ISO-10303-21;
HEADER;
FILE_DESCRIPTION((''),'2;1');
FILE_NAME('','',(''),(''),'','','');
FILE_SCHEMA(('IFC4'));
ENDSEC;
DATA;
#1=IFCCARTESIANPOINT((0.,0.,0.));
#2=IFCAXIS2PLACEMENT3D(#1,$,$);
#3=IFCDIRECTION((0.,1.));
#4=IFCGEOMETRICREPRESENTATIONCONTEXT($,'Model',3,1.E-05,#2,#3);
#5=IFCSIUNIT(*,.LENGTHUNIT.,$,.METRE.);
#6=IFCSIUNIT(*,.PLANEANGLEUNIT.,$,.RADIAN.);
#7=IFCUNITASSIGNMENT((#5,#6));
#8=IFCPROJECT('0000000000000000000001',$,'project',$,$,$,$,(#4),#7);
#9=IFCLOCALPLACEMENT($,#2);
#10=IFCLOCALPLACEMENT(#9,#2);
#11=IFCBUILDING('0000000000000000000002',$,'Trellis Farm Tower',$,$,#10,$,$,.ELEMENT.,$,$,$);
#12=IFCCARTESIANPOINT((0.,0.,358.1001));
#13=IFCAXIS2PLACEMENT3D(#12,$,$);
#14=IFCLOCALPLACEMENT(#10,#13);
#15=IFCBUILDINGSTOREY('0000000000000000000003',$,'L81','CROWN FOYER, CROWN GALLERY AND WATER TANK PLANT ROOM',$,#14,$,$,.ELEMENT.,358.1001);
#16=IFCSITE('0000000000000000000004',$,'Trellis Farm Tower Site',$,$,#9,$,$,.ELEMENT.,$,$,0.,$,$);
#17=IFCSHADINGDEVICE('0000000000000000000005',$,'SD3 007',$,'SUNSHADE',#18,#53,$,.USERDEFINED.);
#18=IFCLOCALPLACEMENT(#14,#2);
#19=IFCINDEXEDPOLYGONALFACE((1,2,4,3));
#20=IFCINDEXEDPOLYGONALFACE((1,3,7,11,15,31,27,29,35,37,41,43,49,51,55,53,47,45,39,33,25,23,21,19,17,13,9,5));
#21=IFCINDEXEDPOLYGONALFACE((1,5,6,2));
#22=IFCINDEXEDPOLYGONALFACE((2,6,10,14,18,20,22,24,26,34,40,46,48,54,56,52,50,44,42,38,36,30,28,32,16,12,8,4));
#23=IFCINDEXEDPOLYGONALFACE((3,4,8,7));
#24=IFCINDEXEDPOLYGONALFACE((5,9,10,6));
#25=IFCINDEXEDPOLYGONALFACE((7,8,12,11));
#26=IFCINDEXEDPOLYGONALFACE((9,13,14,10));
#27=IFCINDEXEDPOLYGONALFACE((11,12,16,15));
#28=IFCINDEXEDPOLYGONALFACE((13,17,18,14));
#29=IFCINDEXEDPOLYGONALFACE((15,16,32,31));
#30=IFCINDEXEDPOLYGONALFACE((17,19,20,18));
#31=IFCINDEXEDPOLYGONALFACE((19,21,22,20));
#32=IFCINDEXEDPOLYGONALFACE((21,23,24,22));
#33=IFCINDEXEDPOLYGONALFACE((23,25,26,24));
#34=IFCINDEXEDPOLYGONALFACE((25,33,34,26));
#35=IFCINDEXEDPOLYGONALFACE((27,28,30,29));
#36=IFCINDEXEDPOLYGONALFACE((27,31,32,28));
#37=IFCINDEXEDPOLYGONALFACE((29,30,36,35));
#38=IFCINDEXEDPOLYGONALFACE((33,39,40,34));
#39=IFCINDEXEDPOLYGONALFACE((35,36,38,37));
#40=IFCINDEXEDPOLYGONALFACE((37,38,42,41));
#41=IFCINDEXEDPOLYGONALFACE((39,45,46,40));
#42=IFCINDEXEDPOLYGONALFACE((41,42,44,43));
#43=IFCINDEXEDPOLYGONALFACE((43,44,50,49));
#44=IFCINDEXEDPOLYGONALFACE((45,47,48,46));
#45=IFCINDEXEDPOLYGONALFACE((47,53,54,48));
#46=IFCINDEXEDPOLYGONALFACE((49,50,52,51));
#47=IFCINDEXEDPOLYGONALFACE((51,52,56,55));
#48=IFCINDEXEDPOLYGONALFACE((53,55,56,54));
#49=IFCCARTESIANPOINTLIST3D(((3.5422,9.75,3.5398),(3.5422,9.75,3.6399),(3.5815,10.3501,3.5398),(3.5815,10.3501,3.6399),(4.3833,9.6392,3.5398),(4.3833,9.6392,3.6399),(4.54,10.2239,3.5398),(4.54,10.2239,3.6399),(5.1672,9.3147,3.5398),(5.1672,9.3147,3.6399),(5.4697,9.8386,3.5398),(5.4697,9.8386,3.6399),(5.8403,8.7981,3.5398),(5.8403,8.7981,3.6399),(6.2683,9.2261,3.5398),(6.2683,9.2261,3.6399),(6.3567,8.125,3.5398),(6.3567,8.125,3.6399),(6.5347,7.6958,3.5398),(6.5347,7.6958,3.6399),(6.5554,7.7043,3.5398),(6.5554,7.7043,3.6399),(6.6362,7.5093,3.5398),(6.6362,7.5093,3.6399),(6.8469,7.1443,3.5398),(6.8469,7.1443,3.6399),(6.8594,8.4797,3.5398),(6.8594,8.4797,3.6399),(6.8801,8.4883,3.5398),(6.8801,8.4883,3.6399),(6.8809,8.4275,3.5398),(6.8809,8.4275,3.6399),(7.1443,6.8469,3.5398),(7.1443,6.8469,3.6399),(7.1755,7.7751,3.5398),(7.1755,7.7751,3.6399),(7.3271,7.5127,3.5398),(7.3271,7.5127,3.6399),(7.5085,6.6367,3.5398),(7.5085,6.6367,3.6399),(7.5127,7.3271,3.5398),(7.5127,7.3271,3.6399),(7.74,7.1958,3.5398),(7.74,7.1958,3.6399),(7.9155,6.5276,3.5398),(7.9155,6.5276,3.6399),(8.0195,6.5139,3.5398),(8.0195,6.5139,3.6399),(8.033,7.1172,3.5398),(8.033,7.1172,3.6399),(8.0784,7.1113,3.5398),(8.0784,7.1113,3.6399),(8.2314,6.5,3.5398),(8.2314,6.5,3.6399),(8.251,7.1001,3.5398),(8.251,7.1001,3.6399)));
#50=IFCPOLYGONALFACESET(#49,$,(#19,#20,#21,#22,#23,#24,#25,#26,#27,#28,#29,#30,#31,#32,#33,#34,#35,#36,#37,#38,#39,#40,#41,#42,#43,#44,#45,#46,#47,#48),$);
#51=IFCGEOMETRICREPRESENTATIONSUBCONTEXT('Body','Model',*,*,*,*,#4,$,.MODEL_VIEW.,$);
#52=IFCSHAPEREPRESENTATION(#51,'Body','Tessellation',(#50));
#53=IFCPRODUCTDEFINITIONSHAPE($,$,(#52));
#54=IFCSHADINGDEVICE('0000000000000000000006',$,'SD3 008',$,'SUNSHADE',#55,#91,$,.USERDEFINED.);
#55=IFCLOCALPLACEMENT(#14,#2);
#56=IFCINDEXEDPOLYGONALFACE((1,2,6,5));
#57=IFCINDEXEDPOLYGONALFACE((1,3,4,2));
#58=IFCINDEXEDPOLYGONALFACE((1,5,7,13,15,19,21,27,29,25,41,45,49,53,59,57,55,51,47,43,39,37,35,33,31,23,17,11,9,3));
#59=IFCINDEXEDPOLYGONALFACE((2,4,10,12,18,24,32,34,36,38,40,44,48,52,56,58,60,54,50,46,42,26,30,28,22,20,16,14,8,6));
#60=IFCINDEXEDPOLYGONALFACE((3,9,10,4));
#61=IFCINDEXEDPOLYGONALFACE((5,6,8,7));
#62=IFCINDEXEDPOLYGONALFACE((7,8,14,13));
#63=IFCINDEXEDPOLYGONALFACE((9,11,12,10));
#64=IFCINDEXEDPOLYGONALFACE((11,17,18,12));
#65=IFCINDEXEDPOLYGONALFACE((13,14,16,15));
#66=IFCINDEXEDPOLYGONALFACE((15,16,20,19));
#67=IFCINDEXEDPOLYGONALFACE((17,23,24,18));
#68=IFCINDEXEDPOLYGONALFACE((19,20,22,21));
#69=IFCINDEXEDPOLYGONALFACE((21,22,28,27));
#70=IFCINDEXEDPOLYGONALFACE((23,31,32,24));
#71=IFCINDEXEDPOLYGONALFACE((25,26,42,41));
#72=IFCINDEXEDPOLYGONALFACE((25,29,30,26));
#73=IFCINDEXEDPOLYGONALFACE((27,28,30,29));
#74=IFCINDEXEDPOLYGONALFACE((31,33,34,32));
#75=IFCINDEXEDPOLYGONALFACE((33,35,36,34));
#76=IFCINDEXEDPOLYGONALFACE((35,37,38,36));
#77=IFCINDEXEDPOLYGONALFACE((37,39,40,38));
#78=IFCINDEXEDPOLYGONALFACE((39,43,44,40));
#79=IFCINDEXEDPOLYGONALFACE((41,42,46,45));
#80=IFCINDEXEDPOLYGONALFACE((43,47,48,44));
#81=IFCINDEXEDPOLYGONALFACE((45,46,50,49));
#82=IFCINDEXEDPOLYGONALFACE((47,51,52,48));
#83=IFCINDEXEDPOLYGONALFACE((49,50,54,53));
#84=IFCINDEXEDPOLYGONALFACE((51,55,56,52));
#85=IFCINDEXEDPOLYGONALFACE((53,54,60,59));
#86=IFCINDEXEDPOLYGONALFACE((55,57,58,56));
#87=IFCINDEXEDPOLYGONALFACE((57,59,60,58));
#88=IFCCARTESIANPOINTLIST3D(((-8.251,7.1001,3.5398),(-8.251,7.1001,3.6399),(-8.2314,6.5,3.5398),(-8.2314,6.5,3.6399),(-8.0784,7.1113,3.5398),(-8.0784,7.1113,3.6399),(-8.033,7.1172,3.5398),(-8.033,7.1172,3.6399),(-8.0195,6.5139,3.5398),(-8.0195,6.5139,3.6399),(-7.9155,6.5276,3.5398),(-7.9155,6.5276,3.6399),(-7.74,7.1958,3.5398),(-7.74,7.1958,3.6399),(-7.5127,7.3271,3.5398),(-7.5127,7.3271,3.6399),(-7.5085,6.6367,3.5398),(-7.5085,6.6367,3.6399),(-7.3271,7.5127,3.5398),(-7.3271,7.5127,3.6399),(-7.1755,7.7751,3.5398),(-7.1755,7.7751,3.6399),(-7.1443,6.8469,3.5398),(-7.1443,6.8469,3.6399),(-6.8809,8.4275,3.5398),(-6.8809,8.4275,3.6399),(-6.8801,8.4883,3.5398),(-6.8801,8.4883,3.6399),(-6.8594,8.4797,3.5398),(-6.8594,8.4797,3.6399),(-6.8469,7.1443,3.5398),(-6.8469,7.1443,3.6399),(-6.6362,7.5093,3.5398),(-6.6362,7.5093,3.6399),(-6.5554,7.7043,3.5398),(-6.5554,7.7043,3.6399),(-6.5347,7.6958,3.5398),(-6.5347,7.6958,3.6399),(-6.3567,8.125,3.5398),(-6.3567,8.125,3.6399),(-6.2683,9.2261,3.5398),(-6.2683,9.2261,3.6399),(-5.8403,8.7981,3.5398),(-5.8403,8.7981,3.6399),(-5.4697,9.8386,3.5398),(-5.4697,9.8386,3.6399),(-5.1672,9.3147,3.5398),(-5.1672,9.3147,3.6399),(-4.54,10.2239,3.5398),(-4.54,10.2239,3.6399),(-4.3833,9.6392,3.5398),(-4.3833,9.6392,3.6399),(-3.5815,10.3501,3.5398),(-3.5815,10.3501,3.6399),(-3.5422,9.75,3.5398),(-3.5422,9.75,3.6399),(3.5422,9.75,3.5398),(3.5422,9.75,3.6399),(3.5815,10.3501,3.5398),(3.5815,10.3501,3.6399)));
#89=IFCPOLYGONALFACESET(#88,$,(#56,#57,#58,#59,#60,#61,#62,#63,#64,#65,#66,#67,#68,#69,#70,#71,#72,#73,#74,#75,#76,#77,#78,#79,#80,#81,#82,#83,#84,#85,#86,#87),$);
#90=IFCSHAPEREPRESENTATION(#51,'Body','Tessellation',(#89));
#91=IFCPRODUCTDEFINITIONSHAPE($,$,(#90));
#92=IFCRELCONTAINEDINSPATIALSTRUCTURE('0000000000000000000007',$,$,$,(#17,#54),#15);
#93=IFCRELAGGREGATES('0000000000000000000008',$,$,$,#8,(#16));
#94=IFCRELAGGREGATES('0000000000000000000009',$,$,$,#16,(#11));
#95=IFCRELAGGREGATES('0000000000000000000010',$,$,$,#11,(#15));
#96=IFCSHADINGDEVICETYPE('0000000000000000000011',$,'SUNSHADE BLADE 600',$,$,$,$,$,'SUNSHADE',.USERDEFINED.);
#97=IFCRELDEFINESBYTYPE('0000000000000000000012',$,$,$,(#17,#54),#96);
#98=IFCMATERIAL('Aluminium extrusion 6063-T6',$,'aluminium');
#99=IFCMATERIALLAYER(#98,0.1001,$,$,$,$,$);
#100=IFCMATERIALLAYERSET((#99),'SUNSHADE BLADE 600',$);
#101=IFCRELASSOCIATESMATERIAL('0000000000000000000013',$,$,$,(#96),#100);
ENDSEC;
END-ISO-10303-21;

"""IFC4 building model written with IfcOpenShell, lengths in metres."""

from ifc_helpers import new_model, si_unit, direction, frame, origin, place, context, subcontext, project, spatial, polyline, outline, extrude, source, transform, mapped, material, layer, layer_set, type_object, element, save


model = new_model("IFC4")

# Units and contexts
model_context = context("Model", 3, precision=1e-05, world=origin(), true_north=direction((0.0, 1.0)))
body_context = subcontext(model_context, "Body", "Model", "MODEL_VIEW")
ifc_project = project(units=[si_unit("LENGTHUNIT", "METRE"), si_unit("PLANEANGLEUNIT", "RADIAN")], contexts=[model_context])

# Site, building, storey
site_placement = place(None, origin())
site = spatial("IfcSite", under=ifc_project, at=site_placement, Name="Trellis Farm Tower Site", CompositionType="ELEMENT", RefElevation=0.0)
building_placement = place(site_placement, origin())
building = spatial("IfcBuilding", under=site, at=building_placement, Name="Trellis Farm Tower", CompositionType="ELEMENT")
storey_placement = place(building_placement, frame((0.0, 0.0, 358.1001)))
storey = spatial("IfcBuildingStorey", under=building, at=storey_placement, Name="L81", Description="CROWN FOYER, CROWN GALLERY AND WATER TANK PLANT ROOM", CompositionType="ELEMENT", Elevation=358.1001)

# Shared definitions
ifc_material_1 = material(Name="Aluminium extrusion 6063-T6", Category="aluminium")

# Shading devices
ifc_layer_1 = layer(ifc_material_1, 0.1001)
ifc_layer_set_1 = layer_set([ifc_layer_1], Name="SUNSHADE BLADE 600")
shading_device_type = type_object("IfcShadingDeviceType", Name="SUNSHADE BLADE 600", ElementType="SUNSHADE", PredefinedType="USERDEFINED", material=ifc_layer_set_1)
placement_1 = place(storey_placement, frame((0.0, 0.0, 3.5398)))
shared_shape_1 = source(origin(), body_context, "Body", "SweptSolid", [
    extrude(outline(polyline([(8.251, 7.1001), (8.0784, 7.1113), (8.033, 7.1172), (7.74, 7.1958), (7.5127, 7.3271), (7.3271, 7.5127), (7.1755, 7.7751), (6.8801, 8.4883), (6.8594, 8.4797), (6.8809, 8.4275), (6.2683, 9.2261), (5.4697, 9.8386), (4.54, 10.2239), (3.5815, 10.3501), (3.5422, 9.75), (4.3833, 9.6392), (5.1672, 9.3147), (5.8403, 8.7981), (6.3567, 8.125), (6.5347, 7.6958), (6.5554, 7.7043), (6.6362, 7.5093), (6.8469, 7.1443), (7.1443, 6.8469), (7.5085, 6.6367), (7.9155, 6.5276), (8.0195, 6.5139), (8.2314, 6.5), (8.251, 7.1001)])), origin(), (0.0, 0.0, 1.0), 0.1001),
])
element("IfcShadingDevice", 1, at=placement_1, inside=storey, type_object=shading_device_type, Name="SD3 007", ObjectType="SUNSHADE", PredefinedType="USERDEFINED", context=body_context, shape_type="MappedRepresentation", body=[
    mapped(shared_shape_1, transform((0.0, 0.0, 0.0))),
])
shared_shape_2 = source(origin(), body_context, "Body", "SweptSolid", [
    extrude(outline(polyline([(3.5815, 10.3501), (-3.5815, 10.3501), (-4.54, 10.2239), (-5.4697, 9.8386), (-6.2683, 9.2261), (-6.8809, 8.4275), (-6.8594, 8.4797), (-6.8801, 8.4883), (-7.1755, 7.7751), (-7.3271, 7.5127), (-7.5127, 7.3271), (-7.74, 7.1958), (-8.033, 7.1172), (-8.0784, 7.1113), (-8.251, 7.1001), (-8.2314, 6.5), (-8.0195, 6.5139), (-7.9155, 6.5276), (-7.5085, 6.6367), (-7.1443, 6.8469), (-6.8469, 7.1443), (-6.6362, 7.5093), (-6.5554, 7.7043), (-6.5347, 7.6958), (-6.3567, 8.125), (-5.8403, 8.7981), (-5.1672, 9.3147), (-4.3833, 9.6392), (-3.5422, 9.75), (3.5422, 9.75), (3.5815, 10.3501)])), origin(), (0.0, 0.0, 1.0), 0.1001),
])
element("IfcShadingDevice", 2, at=placement_1, inside=storey, type_object=shading_device_type, Name="SD3 008", ObjectType="SUNSHADE", PredefinedType="USERDEFINED", context=body_context, shape_type="MappedRepresentation", body=[
    mapped(shared_shape_2, transform((0.0, 0.0, 0.0))),
])

save(model, "model.ifc")
